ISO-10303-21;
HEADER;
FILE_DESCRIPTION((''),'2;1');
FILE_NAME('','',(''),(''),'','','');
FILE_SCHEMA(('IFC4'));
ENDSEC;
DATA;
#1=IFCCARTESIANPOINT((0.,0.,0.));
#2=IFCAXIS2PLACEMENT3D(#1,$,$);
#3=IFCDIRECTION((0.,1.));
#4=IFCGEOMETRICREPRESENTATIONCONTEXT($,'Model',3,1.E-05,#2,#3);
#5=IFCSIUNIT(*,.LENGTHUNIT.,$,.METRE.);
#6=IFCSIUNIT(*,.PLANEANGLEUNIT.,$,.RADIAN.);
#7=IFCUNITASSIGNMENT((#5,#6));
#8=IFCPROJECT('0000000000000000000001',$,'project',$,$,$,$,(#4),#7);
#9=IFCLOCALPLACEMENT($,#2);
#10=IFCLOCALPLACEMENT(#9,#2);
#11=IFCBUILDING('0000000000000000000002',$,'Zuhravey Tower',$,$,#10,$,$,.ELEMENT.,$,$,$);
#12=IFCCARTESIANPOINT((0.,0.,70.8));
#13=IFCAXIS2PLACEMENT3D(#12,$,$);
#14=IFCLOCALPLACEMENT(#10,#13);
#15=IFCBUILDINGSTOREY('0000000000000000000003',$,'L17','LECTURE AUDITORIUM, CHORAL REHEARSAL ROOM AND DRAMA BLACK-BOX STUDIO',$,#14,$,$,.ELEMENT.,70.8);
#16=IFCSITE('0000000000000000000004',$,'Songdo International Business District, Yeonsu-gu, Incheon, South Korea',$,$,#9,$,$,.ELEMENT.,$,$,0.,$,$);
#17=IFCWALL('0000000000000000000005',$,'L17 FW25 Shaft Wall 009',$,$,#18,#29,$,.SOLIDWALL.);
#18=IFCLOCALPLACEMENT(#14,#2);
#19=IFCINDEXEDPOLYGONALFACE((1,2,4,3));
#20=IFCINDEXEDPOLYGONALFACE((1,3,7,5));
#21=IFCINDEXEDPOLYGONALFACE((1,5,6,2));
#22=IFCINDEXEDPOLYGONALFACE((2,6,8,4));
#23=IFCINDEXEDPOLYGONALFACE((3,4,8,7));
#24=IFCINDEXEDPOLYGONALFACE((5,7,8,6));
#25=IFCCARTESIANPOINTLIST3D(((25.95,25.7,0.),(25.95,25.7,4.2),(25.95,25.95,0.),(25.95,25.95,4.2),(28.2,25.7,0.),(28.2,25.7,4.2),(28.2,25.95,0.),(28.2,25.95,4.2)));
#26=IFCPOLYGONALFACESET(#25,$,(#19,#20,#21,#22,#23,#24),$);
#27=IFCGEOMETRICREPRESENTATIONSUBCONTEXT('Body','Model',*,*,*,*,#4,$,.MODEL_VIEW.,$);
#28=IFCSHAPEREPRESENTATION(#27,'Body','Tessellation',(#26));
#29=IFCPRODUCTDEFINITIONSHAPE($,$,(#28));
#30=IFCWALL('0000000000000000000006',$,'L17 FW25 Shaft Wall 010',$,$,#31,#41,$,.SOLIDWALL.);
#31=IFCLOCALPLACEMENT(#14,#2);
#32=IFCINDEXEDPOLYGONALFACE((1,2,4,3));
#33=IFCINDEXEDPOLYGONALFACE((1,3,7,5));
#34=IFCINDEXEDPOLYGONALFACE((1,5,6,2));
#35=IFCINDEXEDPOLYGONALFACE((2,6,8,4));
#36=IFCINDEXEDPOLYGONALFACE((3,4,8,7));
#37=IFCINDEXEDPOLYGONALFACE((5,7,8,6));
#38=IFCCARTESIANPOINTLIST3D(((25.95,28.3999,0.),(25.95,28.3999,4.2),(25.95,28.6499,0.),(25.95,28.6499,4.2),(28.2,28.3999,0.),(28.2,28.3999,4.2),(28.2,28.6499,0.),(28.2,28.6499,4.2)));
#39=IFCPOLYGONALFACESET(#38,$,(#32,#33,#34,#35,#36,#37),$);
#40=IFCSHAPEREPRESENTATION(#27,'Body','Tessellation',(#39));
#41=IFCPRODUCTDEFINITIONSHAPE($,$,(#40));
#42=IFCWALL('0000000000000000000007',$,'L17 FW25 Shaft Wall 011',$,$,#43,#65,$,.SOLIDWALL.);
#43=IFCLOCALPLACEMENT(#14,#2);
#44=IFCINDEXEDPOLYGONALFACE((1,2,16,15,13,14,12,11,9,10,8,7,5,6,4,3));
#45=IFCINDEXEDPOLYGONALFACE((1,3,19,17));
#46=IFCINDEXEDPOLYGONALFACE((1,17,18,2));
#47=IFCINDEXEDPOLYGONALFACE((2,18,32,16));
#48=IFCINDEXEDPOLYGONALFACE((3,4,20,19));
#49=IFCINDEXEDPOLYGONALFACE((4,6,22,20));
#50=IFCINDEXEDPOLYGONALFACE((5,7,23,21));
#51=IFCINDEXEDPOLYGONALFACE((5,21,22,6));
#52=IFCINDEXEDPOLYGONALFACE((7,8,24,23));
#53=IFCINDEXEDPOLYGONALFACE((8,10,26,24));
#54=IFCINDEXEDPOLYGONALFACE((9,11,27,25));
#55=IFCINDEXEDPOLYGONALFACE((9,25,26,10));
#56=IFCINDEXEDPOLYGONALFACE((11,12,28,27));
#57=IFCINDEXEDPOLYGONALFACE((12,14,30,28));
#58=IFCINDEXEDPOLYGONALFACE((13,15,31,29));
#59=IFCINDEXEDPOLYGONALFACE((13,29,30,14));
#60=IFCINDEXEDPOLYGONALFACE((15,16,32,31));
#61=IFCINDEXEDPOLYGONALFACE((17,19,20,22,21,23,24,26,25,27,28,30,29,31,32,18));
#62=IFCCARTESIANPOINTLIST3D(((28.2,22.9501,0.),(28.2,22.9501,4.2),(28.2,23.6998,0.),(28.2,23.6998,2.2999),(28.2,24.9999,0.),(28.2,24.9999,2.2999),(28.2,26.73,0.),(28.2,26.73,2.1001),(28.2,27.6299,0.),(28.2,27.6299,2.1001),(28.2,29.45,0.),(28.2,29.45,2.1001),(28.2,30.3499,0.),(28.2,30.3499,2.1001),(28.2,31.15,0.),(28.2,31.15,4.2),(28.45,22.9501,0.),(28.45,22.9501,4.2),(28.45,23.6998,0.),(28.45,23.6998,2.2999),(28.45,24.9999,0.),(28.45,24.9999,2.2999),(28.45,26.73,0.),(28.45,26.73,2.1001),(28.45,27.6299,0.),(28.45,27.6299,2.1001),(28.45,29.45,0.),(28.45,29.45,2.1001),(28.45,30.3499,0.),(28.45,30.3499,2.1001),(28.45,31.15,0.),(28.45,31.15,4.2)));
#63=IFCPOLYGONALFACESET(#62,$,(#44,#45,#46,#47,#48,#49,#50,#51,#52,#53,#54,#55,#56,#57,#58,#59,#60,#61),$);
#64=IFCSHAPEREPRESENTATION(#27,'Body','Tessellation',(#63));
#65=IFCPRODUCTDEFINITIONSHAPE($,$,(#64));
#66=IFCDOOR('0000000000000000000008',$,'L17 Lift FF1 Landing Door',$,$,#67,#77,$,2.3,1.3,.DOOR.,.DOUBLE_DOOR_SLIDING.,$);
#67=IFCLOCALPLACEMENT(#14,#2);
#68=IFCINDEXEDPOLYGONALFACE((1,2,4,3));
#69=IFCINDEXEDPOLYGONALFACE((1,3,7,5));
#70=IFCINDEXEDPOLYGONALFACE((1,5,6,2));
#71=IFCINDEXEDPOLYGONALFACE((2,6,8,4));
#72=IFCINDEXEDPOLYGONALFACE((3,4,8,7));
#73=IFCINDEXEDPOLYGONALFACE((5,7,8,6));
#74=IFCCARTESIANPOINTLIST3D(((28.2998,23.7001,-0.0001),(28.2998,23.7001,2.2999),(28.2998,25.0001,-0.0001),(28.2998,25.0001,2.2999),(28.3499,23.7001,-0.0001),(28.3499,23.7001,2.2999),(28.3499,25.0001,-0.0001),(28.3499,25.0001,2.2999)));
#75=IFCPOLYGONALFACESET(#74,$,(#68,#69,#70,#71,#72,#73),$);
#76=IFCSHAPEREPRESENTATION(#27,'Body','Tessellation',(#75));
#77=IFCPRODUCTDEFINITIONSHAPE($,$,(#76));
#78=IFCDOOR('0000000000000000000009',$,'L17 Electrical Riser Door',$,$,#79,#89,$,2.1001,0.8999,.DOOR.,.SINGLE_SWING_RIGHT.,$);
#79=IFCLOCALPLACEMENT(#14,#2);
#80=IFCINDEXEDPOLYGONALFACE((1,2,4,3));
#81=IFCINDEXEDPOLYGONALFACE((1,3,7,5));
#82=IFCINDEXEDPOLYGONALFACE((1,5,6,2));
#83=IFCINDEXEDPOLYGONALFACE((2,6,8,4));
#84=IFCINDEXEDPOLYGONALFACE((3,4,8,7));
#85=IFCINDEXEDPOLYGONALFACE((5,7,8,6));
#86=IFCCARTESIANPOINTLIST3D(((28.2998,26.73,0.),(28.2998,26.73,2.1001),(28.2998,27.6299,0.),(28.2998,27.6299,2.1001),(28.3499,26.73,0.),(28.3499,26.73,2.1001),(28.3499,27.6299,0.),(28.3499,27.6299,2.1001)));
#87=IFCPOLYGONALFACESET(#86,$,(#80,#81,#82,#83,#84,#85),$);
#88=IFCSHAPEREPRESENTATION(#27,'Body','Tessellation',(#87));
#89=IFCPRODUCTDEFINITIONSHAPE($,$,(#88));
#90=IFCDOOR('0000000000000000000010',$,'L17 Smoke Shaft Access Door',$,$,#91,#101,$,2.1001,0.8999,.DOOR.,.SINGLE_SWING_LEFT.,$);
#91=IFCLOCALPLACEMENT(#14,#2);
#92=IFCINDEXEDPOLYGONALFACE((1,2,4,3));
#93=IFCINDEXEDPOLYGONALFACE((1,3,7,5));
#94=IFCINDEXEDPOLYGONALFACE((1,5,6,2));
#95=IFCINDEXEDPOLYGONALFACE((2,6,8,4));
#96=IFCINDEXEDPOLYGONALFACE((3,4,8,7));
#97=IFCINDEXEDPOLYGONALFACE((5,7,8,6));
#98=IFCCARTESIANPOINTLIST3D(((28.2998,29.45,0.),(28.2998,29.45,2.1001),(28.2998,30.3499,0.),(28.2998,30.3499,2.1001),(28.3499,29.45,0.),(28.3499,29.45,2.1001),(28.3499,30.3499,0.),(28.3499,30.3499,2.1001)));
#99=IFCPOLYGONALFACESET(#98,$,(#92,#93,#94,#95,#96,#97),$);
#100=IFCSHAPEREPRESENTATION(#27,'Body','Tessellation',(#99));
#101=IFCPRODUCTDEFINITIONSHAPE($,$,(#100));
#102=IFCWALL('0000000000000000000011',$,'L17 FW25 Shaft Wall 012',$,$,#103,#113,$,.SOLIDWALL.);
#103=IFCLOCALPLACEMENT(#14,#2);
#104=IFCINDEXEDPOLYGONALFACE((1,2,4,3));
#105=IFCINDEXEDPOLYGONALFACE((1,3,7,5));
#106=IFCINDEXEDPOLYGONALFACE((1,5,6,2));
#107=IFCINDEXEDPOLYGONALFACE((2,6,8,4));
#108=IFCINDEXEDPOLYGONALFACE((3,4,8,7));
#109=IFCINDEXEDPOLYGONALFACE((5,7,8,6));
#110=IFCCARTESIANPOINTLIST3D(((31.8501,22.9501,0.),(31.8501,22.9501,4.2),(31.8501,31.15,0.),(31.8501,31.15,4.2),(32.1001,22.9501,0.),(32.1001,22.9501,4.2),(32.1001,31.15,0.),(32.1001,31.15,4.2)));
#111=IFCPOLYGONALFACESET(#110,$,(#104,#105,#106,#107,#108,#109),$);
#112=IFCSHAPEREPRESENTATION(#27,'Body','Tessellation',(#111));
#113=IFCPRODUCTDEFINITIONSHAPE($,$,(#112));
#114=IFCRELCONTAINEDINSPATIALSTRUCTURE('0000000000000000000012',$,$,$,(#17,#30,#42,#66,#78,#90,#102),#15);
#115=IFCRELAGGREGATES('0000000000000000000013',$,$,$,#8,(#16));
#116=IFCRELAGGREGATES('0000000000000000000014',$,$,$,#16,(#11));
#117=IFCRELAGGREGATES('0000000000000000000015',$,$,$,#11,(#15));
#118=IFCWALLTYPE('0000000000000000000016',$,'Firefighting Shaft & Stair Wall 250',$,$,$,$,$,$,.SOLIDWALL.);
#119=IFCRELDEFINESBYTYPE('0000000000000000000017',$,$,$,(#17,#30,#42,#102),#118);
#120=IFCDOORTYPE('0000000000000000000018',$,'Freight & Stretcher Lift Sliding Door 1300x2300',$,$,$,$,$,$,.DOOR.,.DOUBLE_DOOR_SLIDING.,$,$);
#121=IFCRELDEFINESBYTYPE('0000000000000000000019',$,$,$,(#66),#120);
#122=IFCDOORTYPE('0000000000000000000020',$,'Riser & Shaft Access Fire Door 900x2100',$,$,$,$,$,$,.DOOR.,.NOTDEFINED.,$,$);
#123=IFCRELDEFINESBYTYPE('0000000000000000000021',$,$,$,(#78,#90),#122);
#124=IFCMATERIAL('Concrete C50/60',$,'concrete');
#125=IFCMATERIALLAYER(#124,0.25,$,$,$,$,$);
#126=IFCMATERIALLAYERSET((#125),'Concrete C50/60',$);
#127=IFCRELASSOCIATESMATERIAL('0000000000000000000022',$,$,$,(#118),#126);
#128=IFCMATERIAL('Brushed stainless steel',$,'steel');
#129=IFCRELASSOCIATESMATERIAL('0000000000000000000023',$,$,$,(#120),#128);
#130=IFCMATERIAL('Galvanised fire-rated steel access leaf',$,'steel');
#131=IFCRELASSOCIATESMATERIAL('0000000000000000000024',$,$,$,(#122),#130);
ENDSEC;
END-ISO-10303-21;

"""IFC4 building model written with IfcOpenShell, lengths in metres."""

from ifc_helpers import new_model, si_unit, direction, frame, frame_2d, origin, place, context, subcontext, project, spatial, rectangle, extrude, material, layer, layer_set, type_object, element, fill, save


model = new_model("IFC4")

# Units and contexts
model_context = context("Model", 3, precision=1e-05, world=origin(), true_north=direction((0.0, 1.0)))
body_context = subcontext(model_context, "Body", "Model", "MODEL_VIEW")
ifc_project = project(units=[si_unit("LENGTHUNIT", "METRE"), si_unit("PLANEANGLEUNIT", "RADIAN")], contexts=[model_context])

# Site, building, storey
site_placement = place(None, origin())
site = spatial("IfcSite", under=ifc_project, at=site_placement, Name="Songdo International Business District, Yeonsu-gu, Incheon, South Korea", CompositionType="ELEMENT", RefElevation=0.0)
building_placement = place(site_placement, origin())
building = spatial("IfcBuilding", under=site, at=building_placement, Name="Zuhravey Tower", CompositionType="ELEMENT")
storey_placement = place(building_placement, frame((0.0, 0.0, 70.8)))
storey = spatial("IfcBuildingStorey", under=building, at=storey_placement, Name="L17", Description="LECTURE AUDITORIUM, CHORAL REHEARSAL ROOM AND DRAMA BLACK-BOX STUDIO", CompositionType="ELEMENT", Elevation=70.8)

# Shared definitions
ifc_material_1 = material(Name="Concrete C50/60", Category="concrete")
ifc_layer_1 = layer(ifc_material_1, 0.25)
ifc_layer_set_1 = layer_set([ifc_layer_1], Name="Concrete C50/60")
wall_type_1 = type_object("IfcWallType", Name="Firefighting Shaft & Stair Wall 250", PredefinedType="SOLIDWALL", material=ifc_layer_set_1)

# Walls
for number, where, z_axis, x_axis, name in (
    (1, (25.95, 25.825, 0.0), (0.0, 0.0, 1.0), (1.0, 0.0, 0.0), "L17 FW25 Shaft Wall 009"),
    (2, (25.95, 28.5249, 0.0), (0.0, 0.0, 1.0), (1.0, 0.0, 0.0), "L17 FW25 Shaft Wall 010"),
):
    element("IfcWall", number, at=place(storey_placement, frame(where, z_axis=z_axis, x_axis=x_axis)), inside=storey, type_object=wall_type_1, Name=name, PredefinedType="SOLIDWALL", context=body_context, shape_type="SweptSolid", body=[
        extrude(rectangle(XDim=2.25, YDim=0.25, at=frame_2d((1.125, 0.0))), origin(), (0.0, 0.0, 1.0), 4.2),
    ])

# Wall, openings, doors
wall_1_placement = place(storey_placement, frame((28.325, 22.95, 0.0), z_axis=(0.0, 0.0, 1.0), x_axis=(0.0, 1.0, 0.0)))
wall_1 = element("IfcWall", 3, at=wall_1_placement, inside=storey, type_object=wall_type_1, Name="L17 FW25 Shaft Wall 011", PredefinedType="SOLIDWALL", context=body_context, shape_type="SweptSolid", body=[
    extrude(rectangle(XDim=8.2, YDim=0.25, at=frame_2d((4.1001, 0.0))), origin(), (0.0, 0.0, 1.0), 4.2),
])
opening_1_placement = place(wall_1_placement, frame((0.75, 0.0, 0.0)))
opening_1 = element("IfcOpeningElement", 4, at=opening_1_placement, cuts=wall_1, PredefinedType="OPENING", context=body_context, shape_type="SweptSolid", body=[
    extrude(rectangle(XDim=1.3, YDim=2.3, at=frame_2d((0.6499, 1.1499))), frame((0.0, 0.137, 0.0), z_axis=(0.0, -1.0, 0.0), x_axis=(1.0, 0.0, 0.0)), (0.0, 0.0, 1.0), 0.2739),
])
opening_2_placement = place(wall_1_placement, frame((3.78, 0.0, 0.0)))
opening_2 = element("IfcOpeningElement", 5, at=opening_2_placement, cuts=wall_1, PredefinedType="OPENING", context=body_context, shape_type="SweptSolid", body=[
    extrude(rectangle(XDim=0.8999, YDim=2.1001, at=frame_2d((0.45, 1.05))), frame((0.0, 0.137, 0.0), z_axis=(0.0, -1.0, 0.0), x_axis=(1.0, 0.0, 0.0)), (0.0, 0.0, 1.0), 0.2739),
])
opening_3_placement = place(wall_1_placement, frame((6.5, 0.0, 0.0)))
opening_3 = element("IfcOpeningElement", 6, at=opening_3_placement, cuts=wall_1, PredefinedType="OPENING", context=body_context, shape_type="SweptSolid", body=[
    extrude(rectangle(XDim=0.8999, YDim=2.1001, at=frame_2d((0.45, 1.05))), frame((0.0, 0.137, 0.0), z_axis=(0.0, -1.0, 0.0), x_axis=(1.0, 0.0, 0.0)), (0.0, 0.0, 1.0), 0.2739),
])
ifc_material_2 = material(Name="Brushed stainless steel", Category="steel")
door_type_1 = type_object("IfcDoorType", Name="Freight & Stretcher Lift Sliding Door 1300x2300", OperationType="DOUBLE_DOOR_SLIDING", PredefinedType="DOOR", material=ifc_material_2)
door_1_placement = place(opening_1_placement, frame((1.3, 0.0, 0.0), z_axis=(0.0, 0.0, 1.0), x_axis=(-1.0, 0.0, 0.0)))
door_1 = element("IfcDoor", 7, at=door_1_placement, inside=storey, type_object=door_type_1, Name="L17 Lift FF1 Landing Door", OperationType="DOUBLE_DOOR_SLIDING", OverallHeight=2.3, OverallWidth=1.3, PredefinedType="DOOR", context=body_context, shape_type="SweptSolid", body=[
    extrude(rectangle(XDim=1.3, YDim=2.3, at=frame_2d((0.6499, 1.1499))), frame((0.0, 0.0249, 0.0), z_axis=(0.0, -1.0, 0.0), x_axis=(1.0, 0.0, 0.0)), (0.0, 0.0, 1.0), 0.05),
])
fill(opening_1, door_1)
ifc_material_3 = material(Name="Galvanised fire-rated steel access leaf", Category="steel")
door_type_2 = type_object("IfcDoorType", Name="Riser & Shaft Access Fire Door 900x2100", OperationType="NOTDEFINED", PredefinedType="DOOR", material=ifc_material_3)
door_2_placement = place(opening_2_placement, frame((0.8999, 0.0, 0.0), z_axis=(0.0, 0.0, 1.0), x_axis=(-1.0, 0.0, 0.0)))
door_2 = element("IfcDoor", 8, at=door_2_placement, inside=storey, type_object=door_type_2, Name="L17 Electrical Riser Door", OperationType="SINGLE_SWING_RIGHT", OverallHeight=2.1001, OverallWidth=0.8999, PredefinedType="DOOR", context=body_context, shape_type="SweptSolid", body=[
    extrude(rectangle(XDim=0.8999, YDim=2.1001, at=frame_2d((0.45, 1.05))), frame((0.0, 0.0249, 0.0), z_axis=(0.0, -1.0, 0.0), x_axis=(1.0, 0.0, 0.0)), (0.0, 0.0, 1.0), 0.05),
])
fill(opening_2, door_2)
door_3_placement = place(opening_3_placement, frame((0.8999, 0.0, 0.0), z_axis=(0.0, 0.0, 1.0), x_axis=(-1.0, 0.0, 0.0)))
door_3 = element("IfcDoor", 9, at=door_3_placement, inside=storey, type_object=door_type_2, Name="L17 Smoke Shaft Access Door", OperationType="SINGLE_SWING_LEFT", OverallHeight=2.1001, OverallWidth=0.8999, PredefinedType="DOOR", context=body_context, shape_type="SweptSolid", body=[
    extrude(rectangle(XDim=0.8999, YDim=2.1001, at=frame_2d((0.45, 1.05))), frame((0.0, 0.0249, 0.0), z_axis=(0.0, -1.0, 0.0), x_axis=(1.0, 0.0, 0.0)), (0.0, 0.0, 1.0), 0.05),
])
fill(opening_3, door_3)

# Wall
wall_2_placement = place(storey_placement, frame((31.9751, 22.95, 0.0), z_axis=(0.0, 0.0, 1.0), x_axis=(0.0, 1.0, 0.0)))
element("IfcWall", 10, at=wall_2_placement, inside=storey, type_object=wall_type_1, Name="L17 FW25 Shaft Wall 012", PredefinedType="SOLIDWALL", context=body_context, shape_type="SweptSolid", body=[
    extrude(rectangle(XDim=8.2, YDim=0.25, at=frame_2d((4.1001, 0.0))), origin(), (0.0, 0.0, 1.0), 4.2),
])

save(model, "model.ifc")
